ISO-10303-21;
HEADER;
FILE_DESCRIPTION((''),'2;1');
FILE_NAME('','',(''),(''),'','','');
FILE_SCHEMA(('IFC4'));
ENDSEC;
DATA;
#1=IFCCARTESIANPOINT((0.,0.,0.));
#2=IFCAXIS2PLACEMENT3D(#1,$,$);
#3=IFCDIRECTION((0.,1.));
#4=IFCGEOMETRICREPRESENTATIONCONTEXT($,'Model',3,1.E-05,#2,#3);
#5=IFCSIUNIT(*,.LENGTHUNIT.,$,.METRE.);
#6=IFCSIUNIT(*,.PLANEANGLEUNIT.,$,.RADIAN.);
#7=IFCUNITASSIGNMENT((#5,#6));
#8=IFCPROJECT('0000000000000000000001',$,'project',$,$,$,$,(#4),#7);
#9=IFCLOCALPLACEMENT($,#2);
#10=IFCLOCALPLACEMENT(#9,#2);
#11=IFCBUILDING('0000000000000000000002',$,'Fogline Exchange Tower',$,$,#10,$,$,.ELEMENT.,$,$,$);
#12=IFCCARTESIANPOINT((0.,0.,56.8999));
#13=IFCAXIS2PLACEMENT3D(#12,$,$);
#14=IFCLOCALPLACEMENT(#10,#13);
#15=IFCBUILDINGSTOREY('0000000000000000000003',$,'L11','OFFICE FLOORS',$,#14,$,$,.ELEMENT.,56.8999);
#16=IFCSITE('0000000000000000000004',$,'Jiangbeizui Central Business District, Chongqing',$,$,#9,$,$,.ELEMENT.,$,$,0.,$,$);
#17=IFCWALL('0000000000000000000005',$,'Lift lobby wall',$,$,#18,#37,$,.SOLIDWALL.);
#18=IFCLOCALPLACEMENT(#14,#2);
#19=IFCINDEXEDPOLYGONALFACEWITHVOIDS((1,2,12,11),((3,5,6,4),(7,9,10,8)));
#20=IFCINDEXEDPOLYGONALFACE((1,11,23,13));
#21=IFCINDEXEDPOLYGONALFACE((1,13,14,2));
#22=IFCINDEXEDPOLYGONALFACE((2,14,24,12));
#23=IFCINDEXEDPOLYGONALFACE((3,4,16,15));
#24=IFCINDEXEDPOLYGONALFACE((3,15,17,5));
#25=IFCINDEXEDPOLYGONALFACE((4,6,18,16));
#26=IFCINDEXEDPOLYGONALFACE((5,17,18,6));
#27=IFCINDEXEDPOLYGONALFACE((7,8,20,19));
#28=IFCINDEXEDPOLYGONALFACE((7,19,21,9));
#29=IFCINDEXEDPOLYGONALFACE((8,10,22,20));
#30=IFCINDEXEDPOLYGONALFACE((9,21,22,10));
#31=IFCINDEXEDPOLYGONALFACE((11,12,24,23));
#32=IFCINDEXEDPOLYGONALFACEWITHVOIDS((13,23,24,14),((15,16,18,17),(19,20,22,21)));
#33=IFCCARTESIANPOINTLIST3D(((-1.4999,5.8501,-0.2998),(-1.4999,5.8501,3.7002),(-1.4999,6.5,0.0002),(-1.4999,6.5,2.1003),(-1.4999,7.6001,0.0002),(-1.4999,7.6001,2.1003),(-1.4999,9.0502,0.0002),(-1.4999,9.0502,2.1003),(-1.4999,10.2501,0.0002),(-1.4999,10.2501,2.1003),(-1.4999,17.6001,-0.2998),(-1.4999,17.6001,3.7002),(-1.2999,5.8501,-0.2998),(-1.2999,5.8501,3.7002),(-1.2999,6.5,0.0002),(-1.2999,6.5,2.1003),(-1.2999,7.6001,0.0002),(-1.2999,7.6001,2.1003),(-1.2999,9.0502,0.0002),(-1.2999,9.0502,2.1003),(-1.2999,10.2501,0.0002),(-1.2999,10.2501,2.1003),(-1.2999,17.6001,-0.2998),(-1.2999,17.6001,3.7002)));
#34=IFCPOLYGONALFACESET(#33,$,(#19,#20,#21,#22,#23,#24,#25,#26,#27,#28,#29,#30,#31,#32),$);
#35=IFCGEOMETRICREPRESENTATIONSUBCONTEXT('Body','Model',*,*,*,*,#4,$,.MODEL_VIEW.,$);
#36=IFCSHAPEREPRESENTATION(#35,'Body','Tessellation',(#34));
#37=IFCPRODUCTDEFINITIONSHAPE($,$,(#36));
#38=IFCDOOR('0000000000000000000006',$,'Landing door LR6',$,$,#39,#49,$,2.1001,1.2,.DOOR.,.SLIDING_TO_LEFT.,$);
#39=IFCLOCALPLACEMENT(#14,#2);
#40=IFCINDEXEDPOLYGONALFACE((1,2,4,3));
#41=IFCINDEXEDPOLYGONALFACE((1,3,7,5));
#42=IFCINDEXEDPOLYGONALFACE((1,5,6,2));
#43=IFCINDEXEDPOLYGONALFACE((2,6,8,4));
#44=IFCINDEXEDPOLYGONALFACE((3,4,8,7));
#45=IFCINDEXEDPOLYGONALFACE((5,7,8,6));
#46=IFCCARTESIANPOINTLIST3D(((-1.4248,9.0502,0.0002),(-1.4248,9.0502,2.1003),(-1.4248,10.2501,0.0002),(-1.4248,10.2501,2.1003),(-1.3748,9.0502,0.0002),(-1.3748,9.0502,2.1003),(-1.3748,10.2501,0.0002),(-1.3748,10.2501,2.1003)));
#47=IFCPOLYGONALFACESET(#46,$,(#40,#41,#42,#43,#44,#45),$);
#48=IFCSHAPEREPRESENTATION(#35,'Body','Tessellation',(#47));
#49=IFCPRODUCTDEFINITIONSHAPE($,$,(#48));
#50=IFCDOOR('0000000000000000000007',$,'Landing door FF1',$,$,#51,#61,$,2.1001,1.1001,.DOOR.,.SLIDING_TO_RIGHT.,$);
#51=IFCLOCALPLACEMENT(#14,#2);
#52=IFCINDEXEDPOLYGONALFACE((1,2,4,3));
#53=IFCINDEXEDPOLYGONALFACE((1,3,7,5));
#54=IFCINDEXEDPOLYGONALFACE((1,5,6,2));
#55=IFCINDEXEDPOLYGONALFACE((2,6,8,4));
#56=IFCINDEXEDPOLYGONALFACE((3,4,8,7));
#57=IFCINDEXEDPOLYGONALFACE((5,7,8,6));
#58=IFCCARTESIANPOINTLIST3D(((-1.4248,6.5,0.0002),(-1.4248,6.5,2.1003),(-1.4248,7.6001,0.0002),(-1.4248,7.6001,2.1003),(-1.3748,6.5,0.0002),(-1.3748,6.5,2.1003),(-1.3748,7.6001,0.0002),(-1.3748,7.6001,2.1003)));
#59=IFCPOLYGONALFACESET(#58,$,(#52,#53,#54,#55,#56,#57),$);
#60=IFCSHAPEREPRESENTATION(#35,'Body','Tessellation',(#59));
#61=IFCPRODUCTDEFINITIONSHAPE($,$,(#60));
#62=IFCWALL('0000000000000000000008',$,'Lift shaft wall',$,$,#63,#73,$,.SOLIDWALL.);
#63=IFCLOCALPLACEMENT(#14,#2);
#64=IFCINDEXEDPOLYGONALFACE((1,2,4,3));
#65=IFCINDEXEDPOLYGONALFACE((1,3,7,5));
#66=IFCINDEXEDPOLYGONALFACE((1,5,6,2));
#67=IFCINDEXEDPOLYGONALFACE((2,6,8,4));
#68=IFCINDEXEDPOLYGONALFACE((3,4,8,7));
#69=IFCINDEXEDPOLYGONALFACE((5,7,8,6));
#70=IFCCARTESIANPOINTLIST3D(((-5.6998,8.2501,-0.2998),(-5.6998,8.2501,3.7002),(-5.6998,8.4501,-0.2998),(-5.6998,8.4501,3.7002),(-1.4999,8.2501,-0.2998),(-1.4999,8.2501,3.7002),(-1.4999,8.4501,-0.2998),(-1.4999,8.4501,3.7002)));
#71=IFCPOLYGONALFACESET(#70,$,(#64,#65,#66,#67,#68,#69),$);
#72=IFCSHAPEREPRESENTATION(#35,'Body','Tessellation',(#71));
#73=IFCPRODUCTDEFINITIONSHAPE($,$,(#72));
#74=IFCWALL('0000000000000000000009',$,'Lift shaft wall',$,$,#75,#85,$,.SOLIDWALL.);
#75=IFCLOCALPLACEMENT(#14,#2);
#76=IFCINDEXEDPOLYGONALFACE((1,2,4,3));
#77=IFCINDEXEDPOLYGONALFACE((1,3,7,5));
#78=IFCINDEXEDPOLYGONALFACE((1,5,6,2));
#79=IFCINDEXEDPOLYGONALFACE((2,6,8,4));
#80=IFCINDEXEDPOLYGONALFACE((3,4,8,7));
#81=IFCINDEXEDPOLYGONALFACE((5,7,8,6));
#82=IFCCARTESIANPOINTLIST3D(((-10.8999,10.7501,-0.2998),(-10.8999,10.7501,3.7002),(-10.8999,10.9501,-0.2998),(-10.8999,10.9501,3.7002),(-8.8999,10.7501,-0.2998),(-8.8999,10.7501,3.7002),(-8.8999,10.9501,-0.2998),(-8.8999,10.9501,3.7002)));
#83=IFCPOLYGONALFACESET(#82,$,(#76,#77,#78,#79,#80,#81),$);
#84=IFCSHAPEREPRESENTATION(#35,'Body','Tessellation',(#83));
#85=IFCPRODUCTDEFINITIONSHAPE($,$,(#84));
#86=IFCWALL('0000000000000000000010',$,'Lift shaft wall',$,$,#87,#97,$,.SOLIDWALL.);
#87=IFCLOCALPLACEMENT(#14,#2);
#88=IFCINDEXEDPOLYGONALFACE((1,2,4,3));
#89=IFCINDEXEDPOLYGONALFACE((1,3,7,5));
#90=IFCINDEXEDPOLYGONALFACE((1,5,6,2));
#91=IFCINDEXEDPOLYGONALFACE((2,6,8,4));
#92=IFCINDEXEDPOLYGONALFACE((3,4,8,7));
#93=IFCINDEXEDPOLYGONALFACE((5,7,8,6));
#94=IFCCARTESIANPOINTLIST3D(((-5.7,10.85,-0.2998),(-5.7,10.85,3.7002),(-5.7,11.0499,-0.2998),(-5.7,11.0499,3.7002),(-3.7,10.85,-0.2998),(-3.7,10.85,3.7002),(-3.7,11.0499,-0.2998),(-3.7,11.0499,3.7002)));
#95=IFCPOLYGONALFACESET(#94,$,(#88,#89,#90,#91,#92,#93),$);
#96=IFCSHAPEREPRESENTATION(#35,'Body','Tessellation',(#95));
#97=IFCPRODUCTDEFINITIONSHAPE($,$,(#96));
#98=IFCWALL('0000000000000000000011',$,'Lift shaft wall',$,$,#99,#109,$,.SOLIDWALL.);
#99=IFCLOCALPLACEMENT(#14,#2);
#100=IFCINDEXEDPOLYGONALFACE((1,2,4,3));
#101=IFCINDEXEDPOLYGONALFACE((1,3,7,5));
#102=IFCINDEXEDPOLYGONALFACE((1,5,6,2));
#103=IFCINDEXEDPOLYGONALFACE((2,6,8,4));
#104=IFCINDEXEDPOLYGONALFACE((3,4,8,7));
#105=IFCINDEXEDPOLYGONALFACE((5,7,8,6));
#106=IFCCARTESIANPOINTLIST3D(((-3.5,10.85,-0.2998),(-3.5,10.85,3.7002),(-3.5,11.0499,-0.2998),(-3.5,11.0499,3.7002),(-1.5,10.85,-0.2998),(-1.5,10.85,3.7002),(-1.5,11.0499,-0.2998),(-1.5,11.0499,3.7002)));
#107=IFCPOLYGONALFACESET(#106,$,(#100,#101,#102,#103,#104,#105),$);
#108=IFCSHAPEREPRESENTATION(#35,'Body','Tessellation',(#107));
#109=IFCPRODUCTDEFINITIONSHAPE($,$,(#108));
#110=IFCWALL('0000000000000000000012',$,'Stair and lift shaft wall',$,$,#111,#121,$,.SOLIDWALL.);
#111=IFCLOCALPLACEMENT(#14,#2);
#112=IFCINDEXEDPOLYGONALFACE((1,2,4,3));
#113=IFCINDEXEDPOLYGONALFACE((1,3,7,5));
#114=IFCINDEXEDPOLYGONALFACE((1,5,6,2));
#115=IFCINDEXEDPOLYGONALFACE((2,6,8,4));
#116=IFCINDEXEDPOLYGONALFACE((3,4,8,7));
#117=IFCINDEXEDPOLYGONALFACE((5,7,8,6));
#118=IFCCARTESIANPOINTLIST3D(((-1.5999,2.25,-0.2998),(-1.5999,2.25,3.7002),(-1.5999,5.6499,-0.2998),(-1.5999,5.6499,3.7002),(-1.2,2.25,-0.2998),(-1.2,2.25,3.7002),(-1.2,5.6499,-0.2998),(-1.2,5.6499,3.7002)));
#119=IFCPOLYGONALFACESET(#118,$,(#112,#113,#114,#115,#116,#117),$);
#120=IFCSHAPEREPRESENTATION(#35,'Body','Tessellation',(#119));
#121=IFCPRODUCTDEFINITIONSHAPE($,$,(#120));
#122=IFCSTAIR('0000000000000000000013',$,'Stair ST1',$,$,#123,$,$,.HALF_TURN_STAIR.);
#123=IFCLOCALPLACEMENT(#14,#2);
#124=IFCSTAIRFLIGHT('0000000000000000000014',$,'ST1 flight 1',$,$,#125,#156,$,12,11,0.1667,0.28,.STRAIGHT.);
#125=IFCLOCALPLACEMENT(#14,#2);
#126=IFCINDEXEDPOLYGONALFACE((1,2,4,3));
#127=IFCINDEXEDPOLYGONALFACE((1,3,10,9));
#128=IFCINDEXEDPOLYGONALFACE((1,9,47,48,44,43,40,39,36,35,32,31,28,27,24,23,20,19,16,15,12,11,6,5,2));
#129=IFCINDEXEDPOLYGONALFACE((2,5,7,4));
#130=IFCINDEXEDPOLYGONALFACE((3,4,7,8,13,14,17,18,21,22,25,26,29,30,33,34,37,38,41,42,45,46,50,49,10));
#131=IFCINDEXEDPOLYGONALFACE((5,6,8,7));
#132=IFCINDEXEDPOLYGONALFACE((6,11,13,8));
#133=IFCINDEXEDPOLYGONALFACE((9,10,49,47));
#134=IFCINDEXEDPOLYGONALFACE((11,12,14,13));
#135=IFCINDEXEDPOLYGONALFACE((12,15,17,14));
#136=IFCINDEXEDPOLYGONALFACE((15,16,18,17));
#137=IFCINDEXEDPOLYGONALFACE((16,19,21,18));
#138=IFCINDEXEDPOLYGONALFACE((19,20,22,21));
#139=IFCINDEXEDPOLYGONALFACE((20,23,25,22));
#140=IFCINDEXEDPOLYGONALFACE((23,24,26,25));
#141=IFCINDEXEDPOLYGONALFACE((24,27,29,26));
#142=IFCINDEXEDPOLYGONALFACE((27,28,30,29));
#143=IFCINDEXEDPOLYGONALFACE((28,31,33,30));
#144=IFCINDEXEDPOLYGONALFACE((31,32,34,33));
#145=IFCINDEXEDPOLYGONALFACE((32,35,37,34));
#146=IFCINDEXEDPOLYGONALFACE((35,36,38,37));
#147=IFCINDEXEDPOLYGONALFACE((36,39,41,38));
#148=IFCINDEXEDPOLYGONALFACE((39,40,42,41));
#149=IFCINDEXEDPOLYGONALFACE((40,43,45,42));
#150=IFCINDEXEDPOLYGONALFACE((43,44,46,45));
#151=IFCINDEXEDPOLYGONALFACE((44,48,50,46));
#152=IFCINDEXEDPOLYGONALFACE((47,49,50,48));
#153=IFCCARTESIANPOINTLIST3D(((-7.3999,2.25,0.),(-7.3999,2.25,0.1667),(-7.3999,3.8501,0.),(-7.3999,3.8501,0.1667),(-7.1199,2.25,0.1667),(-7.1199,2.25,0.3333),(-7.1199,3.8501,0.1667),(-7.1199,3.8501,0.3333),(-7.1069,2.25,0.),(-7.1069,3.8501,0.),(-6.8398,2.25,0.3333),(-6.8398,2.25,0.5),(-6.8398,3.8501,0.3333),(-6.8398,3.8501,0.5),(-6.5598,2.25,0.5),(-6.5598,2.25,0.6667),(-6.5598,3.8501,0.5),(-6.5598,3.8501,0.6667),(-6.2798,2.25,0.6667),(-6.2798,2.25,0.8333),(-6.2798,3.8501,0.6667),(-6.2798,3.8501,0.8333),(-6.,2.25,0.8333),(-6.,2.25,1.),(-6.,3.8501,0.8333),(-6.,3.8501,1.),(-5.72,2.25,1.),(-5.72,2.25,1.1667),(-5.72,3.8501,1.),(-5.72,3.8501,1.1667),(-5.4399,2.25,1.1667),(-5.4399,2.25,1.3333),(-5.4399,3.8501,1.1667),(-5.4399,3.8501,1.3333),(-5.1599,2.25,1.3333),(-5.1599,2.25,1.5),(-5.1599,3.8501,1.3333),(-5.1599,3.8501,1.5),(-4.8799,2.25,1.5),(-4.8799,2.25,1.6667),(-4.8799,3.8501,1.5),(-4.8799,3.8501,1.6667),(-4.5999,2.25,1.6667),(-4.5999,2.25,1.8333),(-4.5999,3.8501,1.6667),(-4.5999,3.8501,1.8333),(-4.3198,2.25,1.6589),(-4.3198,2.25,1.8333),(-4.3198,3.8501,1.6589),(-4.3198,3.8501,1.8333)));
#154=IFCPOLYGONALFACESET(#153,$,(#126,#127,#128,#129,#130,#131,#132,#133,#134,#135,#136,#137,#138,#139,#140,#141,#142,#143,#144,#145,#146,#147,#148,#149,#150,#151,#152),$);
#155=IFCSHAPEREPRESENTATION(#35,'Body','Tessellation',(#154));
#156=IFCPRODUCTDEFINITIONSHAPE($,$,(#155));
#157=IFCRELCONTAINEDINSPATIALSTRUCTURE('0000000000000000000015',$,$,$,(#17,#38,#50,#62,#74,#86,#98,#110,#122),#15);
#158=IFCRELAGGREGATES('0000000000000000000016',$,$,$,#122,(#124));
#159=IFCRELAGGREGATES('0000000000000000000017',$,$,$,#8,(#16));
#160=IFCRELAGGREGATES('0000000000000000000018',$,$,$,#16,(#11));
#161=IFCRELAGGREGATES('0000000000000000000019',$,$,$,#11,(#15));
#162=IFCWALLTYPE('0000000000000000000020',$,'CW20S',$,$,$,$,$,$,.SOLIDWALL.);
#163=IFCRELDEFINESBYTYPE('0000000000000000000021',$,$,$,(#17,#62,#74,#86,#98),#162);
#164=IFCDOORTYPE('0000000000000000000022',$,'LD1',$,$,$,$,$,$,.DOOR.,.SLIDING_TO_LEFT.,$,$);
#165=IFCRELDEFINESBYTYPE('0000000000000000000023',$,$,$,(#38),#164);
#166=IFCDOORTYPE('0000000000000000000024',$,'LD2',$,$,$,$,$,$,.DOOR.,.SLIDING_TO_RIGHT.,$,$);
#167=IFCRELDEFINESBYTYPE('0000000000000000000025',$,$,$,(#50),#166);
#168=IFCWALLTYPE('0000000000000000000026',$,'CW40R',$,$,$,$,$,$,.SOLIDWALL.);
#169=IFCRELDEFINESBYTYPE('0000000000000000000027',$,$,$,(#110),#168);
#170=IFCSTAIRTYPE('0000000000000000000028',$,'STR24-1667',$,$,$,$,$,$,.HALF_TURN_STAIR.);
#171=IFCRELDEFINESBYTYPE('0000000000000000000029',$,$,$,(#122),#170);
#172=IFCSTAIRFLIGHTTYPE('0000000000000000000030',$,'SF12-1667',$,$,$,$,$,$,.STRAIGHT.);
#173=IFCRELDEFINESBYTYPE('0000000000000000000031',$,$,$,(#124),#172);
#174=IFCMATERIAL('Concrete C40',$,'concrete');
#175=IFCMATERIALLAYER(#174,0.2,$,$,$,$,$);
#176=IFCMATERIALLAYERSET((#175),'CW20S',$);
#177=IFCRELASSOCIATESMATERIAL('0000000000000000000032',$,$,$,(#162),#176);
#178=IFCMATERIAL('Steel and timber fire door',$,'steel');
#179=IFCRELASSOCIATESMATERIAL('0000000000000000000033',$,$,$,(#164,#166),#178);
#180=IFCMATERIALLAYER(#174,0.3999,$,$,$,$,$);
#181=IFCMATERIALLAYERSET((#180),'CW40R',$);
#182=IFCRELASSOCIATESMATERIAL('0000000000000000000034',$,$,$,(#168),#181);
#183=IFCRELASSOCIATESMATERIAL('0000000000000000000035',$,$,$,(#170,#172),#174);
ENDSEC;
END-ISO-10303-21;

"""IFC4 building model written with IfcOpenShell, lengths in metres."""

from ifc_helpers import new_model, si_unit, direction, frame, frame_2d, origin, place, context, subcontext, project, spatial, polyline, rectangle, outline, extrude, material, layer, layer_set, type_object, element, fill, aggregate, save


model = new_model("IFC4")

# Units and contexts
model_context = context("Model", 3, precision=1e-05, world=origin(), true_north=direction((0.0, 1.0)))
body_context = subcontext(model_context, "Body", "Model", "MODEL_VIEW")
ifc_project = project(units=[si_unit("LENGTHUNIT", "METRE"), si_unit("PLANEANGLEUNIT", "RADIAN")], contexts=[model_context])

# Site, building, storey
site_placement = place(None, origin())
site = spatial("IfcSite", under=ifc_project, at=site_placement, Name="Jiangbeizui Central Business District, Chongqing", CompositionType="ELEMENT", RefElevation=0.0)
building_placement = place(site_placement, origin())
building = spatial("IfcBuilding", under=site, at=building_placement, Name="Fogline Exchange Tower", CompositionType="ELEMENT")
storey_placement = place(building_placement, frame((0.0, 0.0, 56.8999)))
storey = spatial("IfcBuildingStorey", under=building, at=storey_placement, Name="L11", Description="OFFICE FLOORS", CompositionType="ELEMENT", Elevation=56.8999)

# Shared definitions
ifc_material_1 = material(Name="Steel and timber fire door", Category="steel")

# Shared definitions
ifc_material_2 = material(Name="Concrete C40", Category="concrete")

# Shared definitions
ifc_layer_1 = layer(ifc_material_2, 0.2)
ifc_layer_set_1 = layer_set([ifc_layer_1], Name="CW20S")
wall_type_1 = type_object("IfcWallType", Name="CW20S", PredefinedType="SOLIDWALL", material=ifc_layer_set_1)
door_type_1 = type_object("IfcDoorType", Name="LD1", OperationType="SLIDING_TO_LEFT", PredefinedType="DOOR", material=ifc_material_1)

# Wall, openings, doors
wall_1_placement = place(storey_placement, frame((-1.3999, 5.8501, -0.2998), z_axis=(0.0, 0.0, 1.0), x_axis=(0.0, 1.0, 0.0)))
wall_1 = element("IfcWall", 1, at=wall_1_placement, inside=storey, type_object=wall_type_1, Name="Lift lobby wall", PredefinedType="SOLIDWALL", context=body_context, shape_type="SweptSolid", body=[
    extrude(rectangle(XDim=11.75, YDim=0.2, at=frame_2d((5.875, 0.0))), origin(), (0.0, 0.0, 1.0), 4.0),
])
opening_1_placement = place(wall_1_placement, frame((3.2, 0.0, 0.3)))
opening_1 = element("IfcOpeningElement", 2, at=opening_1_placement, cuts=wall_1, PredefinedType="OPENING", context=body_context, shape_type="SweptSolid", body=[
    extrude(rectangle(XDim=1.2, YDim=2.1001, at=frame_2d((0.6001, 1.05))), frame((0.0, 0.1099, 0.0), z_axis=(0.0, -1.0, 0.0), x_axis=(1.0, 0.0, 0.0)), (0.0, 0.0, 1.0), 0.22),
])
opening_2_placement = place(wall_1_placement, frame((0.6499, 0.0, 0.3)))
opening_2 = element("IfcOpeningElement", 3, at=opening_2_placement, cuts=wall_1, PredefinedType="OPENING", context=body_context, shape_type="SweptSolid", body=[
    extrude(rectangle(XDim=1.1001, YDim=2.1001, at=frame_2d((0.55, 1.05))), frame((0.0, 0.1099, 0.0), z_axis=(0.0, -1.0, 0.0), x_axis=(1.0, 0.0, 0.0)), (0.0, 0.0, 1.0), 0.22),
])
door_1_placement = place(opening_1_placement, origin())
door_1 = element("IfcDoor", 4, at=door_1_placement, inside=storey, type_object=door_type_1, Name="Landing door LR6", OperationType="SLIDING_TO_LEFT", OverallHeight=2.1001, OverallWidth=1.2, PredefinedType="DOOR", context=body_context, shape_type="SweptSolid", body=[
    extrude(rectangle(XDim=1.2, YDim=2.1001, at=frame_2d((0.6001, 1.05))), frame((0.0, 0.0249, 0.0), z_axis=(0.0, -1.0, 0.0), x_axis=(1.0, 0.0, 0.0)), (0.0, 0.0, 1.0), 0.05),
])
fill(opening_1, door_1)
door_type_2 = type_object("IfcDoorType", Name="LD2", OperationType="SLIDING_TO_RIGHT", PredefinedType="DOOR", material=ifc_material_1)
door_2_placement = place(opening_2_placement, origin())
door_2 = element("IfcDoor", 5, at=door_2_placement, inside=storey, type_object=door_type_2, Name="Landing door FF1", OperationType="SLIDING_TO_RIGHT", OverallHeight=2.1001, OverallWidth=1.1001, PredefinedType="DOOR", context=body_context, shape_type="SweptSolid", body=[
    extrude(rectangle(XDim=1.1001, YDim=2.1001, at=frame_2d((0.55, 1.05))), frame((0.0, 0.0249, 0.0), z_axis=(0.0, -1.0, 0.0), x_axis=(1.0, 0.0, 0.0)), (0.0, 0.0, 1.0), 0.05),
])
fill(opening_2, door_2)

# Walls
wall_2_placement = place(storey_placement, frame((-5.7, 8.3501, -0.2998), z_axis=(0.0, 0.0, 1.0), x_axis=(1.0, 0.0, 0.0)))
element("IfcWall", 6, at=wall_2_placement, inside=storey, type_object=wall_type_1, Name="Lift shaft wall", PredefinedType="SOLIDWALL", context=body_context, shape_type="SweptSolid", body=[
    extrude(rectangle(XDim=4.2, YDim=0.2, at=frame_2d((2.1001, 0.0))), origin(), (0.0, 0.0, 1.0), 4.0),
])
for number, where, z_axis, x_axis, name in (
    (7, (-10.8999, 10.8501, -0.2998), (0.0, 0.0, 1.0), (1.0, 0.0, 0.0), "Lift shaft wall"),
    (8, (-5.7, 10.95, -0.2998), (0.0, 0.0, 1.0), (1.0, 0.0, 0.0), "Lift shaft wall"),
    (9, (-3.5, 10.95, -0.2998), (0.0, 0.0, 1.0), (1.0, 0.0, 0.0), "Lift shaft wall"),
):
    element("IfcWall", number, at=place(storey_placement, frame(where, z_axis=z_axis, x_axis=x_axis)), inside=storey, type_object=wall_type_1, Name=name, PredefinedType="SOLIDWALL", context=body_context, shape_type="SweptSolid", body=[
        extrude(rectangle(XDim=2.0, YDim=0.2, at=frame_2d((1.0, 0.0))), origin(), (0.0, 0.0, 1.0), 4.0),
    ])
ifc_layer_2 = layer(ifc_material_2, 0.3999)
ifc_layer_set_2 = layer_set([ifc_layer_2], Name="CW40R")
wall_type_2 = type_object("IfcWallType", Name="CW40R", PredefinedType="SOLIDWALL", material=ifc_layer_set_2)
wall_3_placement = place(storey_placement, frame((-1.3999, 2.25, -0.2998), z_axis=(0.0, 0.0, 1.0), x_axis=(0.0, 1.0, 0.0)))
element("IfcWall", 10, at=wall_3_placement, inside=storey, type_object=wall_type_2, Name="Stair and lift shaft wall", PredefinedType="SOLIDWALL", context=body_context, shape_type="SweptSolid", body=[
    extrude(rectangle(XDim=3.3999, YDim=0.3999, at=frame_2d((1.7, 0.0))), origin(), (0.0, 0.0, 1.0), 4.0),
])

# Stair, stair flight
stair_type = type_object("IfcStairType", Name="STR24-1667", PredefinedType="HALF_TURN_STAIR", material=ifc_material_2)
stair_placement = place(storey_placement, origin())
stair = element("IfcStair", 11, at=stair_placement, inside=storey, type_object=stair_type, Name="Stair ST1", PredefinedType="HALF_TURN_STAIR")
stair_flight_type = type_object("IfcStairFlightType", Name="SF12-1667", PredefinedType="STRAIGHT", material=ifc_material_2)
stair_flight_1_placement = place(storey_placement, frame((-7.3999, 3.05, 0.0), z_axis=(0.0, 0.0, 1.0), x_axis=(1.0, 0.0, 0.0)))
stair_flight_1 = element("IfcStairFlight", 12, at=stair_flight_1_placement, type_object=stair_flight_type, Name="ST1 flight 1", NumberOfRisers=12, NumberOfTreads=11, PredefinedType="STRAIGHT", RiserHeight=0.1667, TreadLength=0.28, context=body_context, shape_type="SweptSolid", body=[
    extrude(outline(polyline([(0.0, 0.0), (0.0, 0.1667), (0.28, 0.1667), (0.28, 0.3333), (0.5601, 0.3333), (0.5601, 0.5), (0.8401, 0.5), (0.8401, 0.6667), (1.1201, 0.6667), (1.1201, 0.8333), (1.3999, 0.8333), (1.3999, 1.0), (1.6799, 1.0), (1.6799, 1.1667), (1.96, 1.1667), (1.96, 1.3333), (2.24, 1.3333), (2.24, 1.5), (2.52, 1.5), (2.52, 1.6667), (2.8, 1.6667), (2.8, 1.8333), (3.0801, 1.8333), (3.0801, 2.0), (3.0801, 1.6589), (0.293, 0.0), (0.0, 0.0)])), frame((0.0, 0.8, 0.0), z_axis=(0.0, -1.0, 0.0), x_axis=(1.0, 0.0, 0.0)), (0.0, 0.0, 1.0), 1.6001),
])
aggregate(stair, [stair_flight_1])

save(model, "model.ifc")
